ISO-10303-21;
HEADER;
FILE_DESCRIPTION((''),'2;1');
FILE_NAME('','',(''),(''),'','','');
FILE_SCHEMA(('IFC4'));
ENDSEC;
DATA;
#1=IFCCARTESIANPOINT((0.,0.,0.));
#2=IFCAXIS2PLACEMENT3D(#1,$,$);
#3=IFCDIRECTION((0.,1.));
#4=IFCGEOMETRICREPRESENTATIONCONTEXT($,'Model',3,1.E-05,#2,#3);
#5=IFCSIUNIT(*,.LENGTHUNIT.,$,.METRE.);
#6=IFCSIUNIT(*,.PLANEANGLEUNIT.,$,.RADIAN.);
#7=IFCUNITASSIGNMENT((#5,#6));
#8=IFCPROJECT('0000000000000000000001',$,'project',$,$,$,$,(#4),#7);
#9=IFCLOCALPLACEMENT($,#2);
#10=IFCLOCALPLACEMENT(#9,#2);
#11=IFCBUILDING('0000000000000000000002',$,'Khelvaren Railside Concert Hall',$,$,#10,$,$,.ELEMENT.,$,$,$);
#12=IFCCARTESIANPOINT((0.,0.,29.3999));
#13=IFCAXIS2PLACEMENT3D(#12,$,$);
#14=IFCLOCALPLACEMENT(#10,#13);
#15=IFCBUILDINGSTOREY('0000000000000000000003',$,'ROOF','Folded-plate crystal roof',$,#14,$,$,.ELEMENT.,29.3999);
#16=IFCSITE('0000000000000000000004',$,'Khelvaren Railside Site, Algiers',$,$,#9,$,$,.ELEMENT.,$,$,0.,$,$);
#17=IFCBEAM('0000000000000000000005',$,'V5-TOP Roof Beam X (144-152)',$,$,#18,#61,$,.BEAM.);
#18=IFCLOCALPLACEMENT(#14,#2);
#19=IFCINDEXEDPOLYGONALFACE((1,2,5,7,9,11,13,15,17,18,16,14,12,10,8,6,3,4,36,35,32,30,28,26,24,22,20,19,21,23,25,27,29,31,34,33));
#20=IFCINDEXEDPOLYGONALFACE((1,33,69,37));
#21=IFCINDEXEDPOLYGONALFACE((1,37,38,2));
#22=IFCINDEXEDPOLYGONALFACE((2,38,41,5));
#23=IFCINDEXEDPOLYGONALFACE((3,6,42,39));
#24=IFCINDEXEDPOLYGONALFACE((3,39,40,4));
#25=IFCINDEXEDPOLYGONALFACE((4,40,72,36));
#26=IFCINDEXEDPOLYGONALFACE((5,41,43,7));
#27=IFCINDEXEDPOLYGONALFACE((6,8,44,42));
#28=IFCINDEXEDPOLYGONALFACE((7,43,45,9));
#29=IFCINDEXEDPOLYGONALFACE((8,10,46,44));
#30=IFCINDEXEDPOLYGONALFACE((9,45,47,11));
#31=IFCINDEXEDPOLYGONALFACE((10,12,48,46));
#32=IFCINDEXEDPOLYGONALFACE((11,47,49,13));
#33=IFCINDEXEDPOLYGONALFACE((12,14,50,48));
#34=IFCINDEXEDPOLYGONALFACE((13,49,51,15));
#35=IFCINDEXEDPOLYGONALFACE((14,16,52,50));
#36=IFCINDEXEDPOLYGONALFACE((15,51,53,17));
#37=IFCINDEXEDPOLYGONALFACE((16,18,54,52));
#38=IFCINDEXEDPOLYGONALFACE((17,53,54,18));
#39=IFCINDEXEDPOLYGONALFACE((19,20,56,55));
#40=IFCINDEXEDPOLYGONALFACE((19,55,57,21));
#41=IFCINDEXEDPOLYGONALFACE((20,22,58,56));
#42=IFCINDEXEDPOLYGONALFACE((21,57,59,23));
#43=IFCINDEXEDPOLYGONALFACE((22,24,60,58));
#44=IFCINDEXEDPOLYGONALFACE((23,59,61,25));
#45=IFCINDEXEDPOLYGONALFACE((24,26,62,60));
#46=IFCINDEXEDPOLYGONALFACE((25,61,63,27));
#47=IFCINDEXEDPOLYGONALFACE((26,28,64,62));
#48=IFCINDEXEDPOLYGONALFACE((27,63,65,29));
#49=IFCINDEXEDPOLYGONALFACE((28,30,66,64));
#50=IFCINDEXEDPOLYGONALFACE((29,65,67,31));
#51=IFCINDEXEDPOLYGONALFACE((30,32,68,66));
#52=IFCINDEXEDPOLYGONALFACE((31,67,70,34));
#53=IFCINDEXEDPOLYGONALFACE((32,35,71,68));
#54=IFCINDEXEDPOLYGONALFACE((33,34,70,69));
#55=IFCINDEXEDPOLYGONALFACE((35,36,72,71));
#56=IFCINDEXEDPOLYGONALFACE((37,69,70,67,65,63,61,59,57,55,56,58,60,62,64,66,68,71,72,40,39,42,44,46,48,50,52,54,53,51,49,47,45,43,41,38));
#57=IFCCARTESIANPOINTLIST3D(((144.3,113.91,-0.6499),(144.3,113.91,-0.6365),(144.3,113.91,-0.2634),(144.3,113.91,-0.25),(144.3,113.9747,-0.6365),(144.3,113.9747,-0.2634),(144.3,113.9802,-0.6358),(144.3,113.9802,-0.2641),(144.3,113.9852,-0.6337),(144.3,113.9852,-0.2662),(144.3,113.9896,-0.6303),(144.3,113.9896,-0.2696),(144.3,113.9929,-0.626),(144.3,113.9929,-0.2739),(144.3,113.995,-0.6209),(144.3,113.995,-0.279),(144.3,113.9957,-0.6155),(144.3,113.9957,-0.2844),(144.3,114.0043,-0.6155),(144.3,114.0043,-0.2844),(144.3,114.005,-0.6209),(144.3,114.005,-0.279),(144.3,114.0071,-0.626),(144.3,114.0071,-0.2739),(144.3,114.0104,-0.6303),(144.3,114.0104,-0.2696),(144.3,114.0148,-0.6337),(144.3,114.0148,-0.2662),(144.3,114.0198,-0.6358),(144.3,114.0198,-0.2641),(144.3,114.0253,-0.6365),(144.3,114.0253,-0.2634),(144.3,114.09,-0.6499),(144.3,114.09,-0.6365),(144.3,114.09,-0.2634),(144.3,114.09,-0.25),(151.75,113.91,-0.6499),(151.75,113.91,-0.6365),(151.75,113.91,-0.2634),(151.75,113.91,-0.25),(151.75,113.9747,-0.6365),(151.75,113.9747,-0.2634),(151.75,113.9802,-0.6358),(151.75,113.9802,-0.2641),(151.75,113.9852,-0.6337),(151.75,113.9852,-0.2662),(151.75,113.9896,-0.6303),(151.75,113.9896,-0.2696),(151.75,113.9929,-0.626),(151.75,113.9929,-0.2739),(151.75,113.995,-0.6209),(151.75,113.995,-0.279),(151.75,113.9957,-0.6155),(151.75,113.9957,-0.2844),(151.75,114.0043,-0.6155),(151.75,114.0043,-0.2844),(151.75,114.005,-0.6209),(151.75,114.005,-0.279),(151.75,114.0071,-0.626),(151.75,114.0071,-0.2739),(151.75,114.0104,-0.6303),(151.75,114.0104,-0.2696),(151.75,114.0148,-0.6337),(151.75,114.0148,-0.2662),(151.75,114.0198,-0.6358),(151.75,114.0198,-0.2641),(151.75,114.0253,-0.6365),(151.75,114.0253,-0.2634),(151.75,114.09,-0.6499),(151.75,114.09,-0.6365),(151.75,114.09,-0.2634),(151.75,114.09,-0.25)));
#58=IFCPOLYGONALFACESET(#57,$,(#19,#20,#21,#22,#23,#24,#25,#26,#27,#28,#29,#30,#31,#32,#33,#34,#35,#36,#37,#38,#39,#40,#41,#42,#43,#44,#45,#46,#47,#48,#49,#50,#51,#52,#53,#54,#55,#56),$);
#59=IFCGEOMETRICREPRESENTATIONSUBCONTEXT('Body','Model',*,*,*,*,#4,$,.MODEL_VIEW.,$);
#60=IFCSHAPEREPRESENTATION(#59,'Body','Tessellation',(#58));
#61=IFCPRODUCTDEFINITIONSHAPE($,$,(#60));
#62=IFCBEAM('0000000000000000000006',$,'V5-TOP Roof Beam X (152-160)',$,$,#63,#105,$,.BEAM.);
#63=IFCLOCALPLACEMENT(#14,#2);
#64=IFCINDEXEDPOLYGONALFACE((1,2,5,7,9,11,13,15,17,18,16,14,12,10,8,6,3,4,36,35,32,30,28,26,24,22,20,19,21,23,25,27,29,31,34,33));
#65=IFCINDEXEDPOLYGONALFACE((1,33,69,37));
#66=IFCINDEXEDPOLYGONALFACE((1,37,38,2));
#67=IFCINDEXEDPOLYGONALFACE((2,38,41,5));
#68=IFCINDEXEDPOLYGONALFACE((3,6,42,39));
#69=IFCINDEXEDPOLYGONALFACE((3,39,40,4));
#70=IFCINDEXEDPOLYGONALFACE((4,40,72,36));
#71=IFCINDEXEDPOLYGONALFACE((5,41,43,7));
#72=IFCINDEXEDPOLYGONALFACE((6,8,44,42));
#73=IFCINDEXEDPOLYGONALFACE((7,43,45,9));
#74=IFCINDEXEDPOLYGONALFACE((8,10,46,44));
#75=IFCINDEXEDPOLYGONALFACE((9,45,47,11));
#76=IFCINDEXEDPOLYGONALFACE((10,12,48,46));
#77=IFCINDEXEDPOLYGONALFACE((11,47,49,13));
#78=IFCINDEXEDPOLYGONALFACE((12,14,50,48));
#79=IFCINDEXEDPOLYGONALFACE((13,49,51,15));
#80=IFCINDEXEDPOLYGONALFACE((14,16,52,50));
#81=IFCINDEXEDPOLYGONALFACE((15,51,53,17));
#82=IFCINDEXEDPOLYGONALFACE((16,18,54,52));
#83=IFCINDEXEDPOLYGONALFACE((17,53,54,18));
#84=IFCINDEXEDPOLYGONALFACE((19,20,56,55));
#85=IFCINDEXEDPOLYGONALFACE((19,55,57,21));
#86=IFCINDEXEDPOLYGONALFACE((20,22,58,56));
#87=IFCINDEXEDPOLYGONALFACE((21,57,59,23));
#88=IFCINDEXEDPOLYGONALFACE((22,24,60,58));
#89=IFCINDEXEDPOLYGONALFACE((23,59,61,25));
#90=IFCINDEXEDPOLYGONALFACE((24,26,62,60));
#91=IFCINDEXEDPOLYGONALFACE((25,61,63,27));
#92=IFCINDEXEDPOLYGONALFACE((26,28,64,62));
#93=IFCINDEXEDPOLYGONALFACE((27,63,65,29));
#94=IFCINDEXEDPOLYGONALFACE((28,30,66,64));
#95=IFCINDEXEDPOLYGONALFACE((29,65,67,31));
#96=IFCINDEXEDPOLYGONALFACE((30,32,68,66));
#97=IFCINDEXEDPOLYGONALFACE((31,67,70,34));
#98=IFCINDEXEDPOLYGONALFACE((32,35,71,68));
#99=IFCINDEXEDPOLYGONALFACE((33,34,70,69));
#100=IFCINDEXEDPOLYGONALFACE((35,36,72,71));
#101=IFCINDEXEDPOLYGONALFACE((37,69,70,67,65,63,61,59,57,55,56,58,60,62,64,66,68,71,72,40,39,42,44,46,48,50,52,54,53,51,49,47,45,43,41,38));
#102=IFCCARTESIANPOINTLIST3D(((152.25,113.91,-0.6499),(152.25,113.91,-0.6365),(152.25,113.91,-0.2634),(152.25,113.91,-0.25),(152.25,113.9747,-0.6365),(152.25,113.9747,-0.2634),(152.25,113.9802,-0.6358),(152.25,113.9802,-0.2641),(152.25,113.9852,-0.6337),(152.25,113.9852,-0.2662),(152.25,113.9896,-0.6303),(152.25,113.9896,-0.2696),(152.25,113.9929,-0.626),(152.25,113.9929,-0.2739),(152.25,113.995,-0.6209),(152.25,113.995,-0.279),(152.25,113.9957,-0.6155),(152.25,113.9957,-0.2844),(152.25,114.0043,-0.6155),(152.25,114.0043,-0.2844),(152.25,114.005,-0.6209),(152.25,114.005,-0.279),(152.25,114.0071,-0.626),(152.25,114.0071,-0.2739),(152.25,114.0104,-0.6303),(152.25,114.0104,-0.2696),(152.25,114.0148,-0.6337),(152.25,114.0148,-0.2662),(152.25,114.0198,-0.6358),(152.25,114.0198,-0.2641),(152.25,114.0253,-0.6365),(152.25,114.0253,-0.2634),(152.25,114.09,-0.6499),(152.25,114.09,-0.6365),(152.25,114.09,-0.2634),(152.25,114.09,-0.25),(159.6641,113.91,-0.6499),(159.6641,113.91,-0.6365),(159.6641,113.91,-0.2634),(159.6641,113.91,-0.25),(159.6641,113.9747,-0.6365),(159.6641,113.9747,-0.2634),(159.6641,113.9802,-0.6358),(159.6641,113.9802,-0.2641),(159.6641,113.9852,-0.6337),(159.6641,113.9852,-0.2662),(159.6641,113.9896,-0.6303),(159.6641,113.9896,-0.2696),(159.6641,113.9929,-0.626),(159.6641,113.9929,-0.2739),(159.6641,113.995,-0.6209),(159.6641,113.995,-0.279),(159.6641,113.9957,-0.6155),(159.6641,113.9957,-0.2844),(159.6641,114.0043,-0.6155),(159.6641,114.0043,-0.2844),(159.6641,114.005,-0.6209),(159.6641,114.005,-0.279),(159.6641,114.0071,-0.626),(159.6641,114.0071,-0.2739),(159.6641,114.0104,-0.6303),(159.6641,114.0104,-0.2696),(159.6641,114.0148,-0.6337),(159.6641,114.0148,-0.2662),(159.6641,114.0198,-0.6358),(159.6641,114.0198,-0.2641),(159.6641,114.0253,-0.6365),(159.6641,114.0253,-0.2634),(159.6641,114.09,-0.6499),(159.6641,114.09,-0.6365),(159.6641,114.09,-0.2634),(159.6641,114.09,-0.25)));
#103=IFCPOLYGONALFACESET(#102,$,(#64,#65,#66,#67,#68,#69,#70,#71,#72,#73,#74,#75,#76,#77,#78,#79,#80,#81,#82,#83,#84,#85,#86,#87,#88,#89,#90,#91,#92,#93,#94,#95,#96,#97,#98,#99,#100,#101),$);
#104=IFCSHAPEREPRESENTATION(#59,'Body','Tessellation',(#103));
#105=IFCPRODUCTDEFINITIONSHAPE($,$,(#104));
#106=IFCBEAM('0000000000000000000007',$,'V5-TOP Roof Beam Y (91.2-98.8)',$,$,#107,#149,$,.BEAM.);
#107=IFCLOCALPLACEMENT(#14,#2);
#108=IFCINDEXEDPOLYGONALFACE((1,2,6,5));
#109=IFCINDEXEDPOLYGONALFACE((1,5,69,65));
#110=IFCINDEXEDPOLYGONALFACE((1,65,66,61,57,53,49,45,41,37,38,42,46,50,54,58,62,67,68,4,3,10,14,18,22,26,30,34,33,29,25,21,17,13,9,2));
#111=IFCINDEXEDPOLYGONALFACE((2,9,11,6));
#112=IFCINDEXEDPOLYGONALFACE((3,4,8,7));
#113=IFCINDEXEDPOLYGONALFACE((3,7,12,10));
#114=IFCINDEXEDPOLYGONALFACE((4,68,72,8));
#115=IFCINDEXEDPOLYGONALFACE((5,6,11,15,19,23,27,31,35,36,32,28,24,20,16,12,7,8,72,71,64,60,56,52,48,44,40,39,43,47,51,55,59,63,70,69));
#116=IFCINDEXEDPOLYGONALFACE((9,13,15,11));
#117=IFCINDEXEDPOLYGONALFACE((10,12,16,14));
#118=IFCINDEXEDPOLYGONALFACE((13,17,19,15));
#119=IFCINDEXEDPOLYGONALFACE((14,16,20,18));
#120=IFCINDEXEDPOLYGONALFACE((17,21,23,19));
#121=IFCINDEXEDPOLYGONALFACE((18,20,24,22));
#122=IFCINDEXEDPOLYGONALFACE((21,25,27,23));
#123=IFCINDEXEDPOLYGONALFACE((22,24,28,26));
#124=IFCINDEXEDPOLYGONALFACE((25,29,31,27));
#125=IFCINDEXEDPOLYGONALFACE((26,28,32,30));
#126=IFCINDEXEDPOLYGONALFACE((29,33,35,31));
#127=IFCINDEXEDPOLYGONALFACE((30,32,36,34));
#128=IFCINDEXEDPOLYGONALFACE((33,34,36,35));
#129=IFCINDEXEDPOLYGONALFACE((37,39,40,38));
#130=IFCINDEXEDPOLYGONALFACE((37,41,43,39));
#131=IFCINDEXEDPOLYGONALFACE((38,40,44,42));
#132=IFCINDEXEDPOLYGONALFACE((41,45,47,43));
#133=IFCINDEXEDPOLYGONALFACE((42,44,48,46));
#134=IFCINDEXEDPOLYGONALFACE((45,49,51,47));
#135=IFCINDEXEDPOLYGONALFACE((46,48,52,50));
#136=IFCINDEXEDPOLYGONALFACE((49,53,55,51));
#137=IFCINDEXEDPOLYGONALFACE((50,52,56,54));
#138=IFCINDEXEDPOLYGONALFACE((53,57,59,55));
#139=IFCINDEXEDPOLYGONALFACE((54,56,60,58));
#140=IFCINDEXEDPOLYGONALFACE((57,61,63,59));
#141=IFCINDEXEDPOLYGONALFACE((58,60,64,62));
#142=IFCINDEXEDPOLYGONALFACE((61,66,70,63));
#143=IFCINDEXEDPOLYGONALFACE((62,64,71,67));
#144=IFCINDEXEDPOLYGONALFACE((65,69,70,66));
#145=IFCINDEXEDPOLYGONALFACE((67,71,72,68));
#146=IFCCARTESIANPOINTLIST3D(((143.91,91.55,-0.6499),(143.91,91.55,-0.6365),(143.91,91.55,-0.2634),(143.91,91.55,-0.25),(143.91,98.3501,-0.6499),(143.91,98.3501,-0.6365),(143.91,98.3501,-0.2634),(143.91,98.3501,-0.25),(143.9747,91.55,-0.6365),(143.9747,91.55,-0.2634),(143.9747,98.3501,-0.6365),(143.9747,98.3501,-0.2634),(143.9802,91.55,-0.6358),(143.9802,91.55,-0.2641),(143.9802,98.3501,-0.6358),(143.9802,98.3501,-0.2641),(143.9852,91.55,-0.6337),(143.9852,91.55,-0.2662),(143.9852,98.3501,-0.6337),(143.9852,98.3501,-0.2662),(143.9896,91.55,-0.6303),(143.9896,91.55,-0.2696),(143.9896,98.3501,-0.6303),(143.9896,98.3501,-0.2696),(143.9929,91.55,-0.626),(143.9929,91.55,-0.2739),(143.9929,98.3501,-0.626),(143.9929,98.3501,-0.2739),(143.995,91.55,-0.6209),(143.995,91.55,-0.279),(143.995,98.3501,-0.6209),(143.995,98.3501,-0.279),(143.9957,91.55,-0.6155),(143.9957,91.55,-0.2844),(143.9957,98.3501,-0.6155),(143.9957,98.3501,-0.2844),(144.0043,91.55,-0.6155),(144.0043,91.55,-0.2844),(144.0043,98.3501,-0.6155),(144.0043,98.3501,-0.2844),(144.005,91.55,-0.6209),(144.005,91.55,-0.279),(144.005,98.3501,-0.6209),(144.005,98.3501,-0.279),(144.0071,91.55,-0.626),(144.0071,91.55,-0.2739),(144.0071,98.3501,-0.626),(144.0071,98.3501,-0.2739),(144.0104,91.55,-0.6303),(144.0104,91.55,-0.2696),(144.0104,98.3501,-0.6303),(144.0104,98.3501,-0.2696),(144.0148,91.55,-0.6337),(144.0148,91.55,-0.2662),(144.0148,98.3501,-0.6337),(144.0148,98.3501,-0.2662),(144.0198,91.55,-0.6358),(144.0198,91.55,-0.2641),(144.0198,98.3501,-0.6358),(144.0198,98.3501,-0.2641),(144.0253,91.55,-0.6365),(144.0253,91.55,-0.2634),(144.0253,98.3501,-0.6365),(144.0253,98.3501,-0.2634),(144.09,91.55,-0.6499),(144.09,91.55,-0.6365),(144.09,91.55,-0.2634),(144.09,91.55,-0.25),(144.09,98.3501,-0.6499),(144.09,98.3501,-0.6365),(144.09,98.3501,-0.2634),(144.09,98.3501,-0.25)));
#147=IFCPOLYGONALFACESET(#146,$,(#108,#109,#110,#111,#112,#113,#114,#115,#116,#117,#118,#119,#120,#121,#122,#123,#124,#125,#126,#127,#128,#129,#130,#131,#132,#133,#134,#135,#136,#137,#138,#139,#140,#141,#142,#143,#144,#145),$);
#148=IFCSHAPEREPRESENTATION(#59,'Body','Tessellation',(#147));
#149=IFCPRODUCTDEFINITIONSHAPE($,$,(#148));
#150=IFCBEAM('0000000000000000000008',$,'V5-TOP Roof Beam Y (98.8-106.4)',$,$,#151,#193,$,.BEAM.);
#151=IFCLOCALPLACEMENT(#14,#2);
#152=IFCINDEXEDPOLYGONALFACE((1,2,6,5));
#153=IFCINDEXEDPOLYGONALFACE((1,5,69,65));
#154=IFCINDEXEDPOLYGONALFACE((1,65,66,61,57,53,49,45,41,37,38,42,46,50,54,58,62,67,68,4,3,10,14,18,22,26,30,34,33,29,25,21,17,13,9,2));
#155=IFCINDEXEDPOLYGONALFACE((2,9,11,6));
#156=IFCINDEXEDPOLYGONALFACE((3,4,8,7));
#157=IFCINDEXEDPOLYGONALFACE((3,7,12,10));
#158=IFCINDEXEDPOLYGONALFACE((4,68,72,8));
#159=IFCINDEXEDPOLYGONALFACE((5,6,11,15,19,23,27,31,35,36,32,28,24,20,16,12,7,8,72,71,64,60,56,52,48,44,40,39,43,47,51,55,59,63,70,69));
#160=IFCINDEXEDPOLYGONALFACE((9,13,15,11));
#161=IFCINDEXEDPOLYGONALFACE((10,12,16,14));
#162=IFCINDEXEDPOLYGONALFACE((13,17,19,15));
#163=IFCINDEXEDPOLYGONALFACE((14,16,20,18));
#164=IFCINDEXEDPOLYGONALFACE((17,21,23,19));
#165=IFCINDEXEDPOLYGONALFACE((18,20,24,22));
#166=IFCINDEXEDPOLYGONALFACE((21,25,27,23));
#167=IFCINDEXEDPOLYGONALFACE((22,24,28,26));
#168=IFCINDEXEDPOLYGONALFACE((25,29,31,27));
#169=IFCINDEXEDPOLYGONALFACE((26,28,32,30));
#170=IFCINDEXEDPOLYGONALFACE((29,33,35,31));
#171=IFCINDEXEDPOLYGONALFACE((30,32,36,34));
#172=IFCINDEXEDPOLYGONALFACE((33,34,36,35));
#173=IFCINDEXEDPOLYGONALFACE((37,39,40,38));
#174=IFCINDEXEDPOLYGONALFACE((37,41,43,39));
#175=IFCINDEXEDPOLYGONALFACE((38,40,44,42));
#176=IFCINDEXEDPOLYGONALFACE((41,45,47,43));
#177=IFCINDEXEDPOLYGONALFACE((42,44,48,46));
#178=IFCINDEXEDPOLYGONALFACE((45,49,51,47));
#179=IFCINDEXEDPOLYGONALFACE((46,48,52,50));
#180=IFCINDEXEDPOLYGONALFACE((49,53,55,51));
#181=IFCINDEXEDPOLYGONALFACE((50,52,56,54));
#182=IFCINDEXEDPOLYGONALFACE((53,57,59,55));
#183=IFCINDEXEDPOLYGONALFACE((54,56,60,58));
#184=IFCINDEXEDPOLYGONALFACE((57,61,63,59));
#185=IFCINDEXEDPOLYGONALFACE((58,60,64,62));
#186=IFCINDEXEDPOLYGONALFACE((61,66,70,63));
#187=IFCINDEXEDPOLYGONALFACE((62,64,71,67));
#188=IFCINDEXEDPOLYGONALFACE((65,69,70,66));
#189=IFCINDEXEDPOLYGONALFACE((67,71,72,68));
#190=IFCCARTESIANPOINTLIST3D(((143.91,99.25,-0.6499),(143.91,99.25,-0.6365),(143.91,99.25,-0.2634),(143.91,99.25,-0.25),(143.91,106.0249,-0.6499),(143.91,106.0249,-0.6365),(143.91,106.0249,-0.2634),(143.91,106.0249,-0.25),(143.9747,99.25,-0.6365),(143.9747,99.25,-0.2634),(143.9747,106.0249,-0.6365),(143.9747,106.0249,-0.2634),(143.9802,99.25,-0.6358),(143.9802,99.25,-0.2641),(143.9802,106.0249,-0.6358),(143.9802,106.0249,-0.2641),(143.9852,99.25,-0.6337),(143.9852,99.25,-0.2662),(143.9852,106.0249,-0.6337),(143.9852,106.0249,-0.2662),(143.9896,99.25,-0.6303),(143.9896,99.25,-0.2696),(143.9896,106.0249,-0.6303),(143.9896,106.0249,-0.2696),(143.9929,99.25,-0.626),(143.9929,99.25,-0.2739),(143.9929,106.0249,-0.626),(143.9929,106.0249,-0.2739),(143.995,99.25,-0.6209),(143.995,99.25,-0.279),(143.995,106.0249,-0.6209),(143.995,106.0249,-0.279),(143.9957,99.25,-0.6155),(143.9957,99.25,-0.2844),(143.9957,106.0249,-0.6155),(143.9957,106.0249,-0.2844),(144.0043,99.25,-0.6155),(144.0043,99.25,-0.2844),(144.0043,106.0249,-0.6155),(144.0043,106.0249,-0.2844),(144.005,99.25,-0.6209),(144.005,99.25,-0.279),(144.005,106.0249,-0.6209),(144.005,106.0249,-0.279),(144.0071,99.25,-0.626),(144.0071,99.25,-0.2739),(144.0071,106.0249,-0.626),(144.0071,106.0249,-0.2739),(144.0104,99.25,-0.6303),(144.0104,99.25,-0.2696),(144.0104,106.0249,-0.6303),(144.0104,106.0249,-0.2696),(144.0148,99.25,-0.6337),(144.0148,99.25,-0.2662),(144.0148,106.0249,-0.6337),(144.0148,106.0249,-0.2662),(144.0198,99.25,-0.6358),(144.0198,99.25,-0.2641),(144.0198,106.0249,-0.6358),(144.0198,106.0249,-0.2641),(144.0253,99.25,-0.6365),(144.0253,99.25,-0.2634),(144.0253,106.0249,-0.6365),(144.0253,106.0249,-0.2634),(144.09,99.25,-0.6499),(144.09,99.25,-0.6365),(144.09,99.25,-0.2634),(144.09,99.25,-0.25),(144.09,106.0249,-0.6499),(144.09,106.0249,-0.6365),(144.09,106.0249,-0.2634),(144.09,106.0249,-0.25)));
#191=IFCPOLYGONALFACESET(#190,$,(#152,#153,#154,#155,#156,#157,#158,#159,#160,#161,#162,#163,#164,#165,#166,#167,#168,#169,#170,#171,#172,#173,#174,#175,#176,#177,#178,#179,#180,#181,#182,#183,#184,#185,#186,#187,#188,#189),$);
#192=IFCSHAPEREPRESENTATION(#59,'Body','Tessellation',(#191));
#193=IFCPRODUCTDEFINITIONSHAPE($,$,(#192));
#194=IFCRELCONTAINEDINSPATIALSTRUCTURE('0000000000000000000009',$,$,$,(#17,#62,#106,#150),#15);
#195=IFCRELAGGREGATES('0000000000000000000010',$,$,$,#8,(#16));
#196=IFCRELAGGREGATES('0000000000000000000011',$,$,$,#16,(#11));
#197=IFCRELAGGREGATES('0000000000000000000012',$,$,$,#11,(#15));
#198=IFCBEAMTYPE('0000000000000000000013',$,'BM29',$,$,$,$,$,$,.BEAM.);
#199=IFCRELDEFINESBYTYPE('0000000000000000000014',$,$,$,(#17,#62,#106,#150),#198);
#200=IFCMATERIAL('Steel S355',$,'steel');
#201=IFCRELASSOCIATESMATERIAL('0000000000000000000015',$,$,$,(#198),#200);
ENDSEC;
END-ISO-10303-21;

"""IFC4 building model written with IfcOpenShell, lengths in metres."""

from ifc_helpers import new_model, si_unit, direction, frame, origin, origin_2d, place, context, subcontext, project, spatial, i_section, extrude, material, material_profile, profile_set, type_object, element, save


model = new_model("IFC4")

# Units and contexts
model_context = context("Model", 3, precision=1e-05, world=origin(), true_north=direction((0.0, 1.0)))
body_context = subcontext(model_context, "Body", "Model", "MODEL_VIEW")
ifc_project = project(units=[si_unit("LENGTHUNIT", "METRE"), si_unit("PLANEANGLEUNIT", "RADIAN")], contexts=[model_context])

# Site, building, storey
site_placement = place(None, origin())
site = spatial("IfcSite", under=ifc_project, at=site_placement, Name="Khelvaren Railside Site, Algiers", CompositionType="ELEMENT", RefElevation=0.0)
building_placement = place(site_placement, origin())
building = spatial("IfcBuilding", under=site, at=building_placement, Name="Khelvaren Railside Concert Hall", CompositionType="ELEMENT")
storey_placement = place(building_placement, frame((0.0, 0.0, 29.3999)))
storey = spatial("IfcBuildingStorey", under=building, at=storey_placement, Name="ROOF", Description="Folded-plate crystal roof", CompositionType="ELEMENT", Elevation=29.3999)

# Beams
ifc_material_1 = material(Name="Steel S355", Category="steel")
ifc_material_profile_1 = material_profile(ifc_material_1, i_section(OverallWidth=0.1799, OverallDepth=0.3999, WebThickness=0.0085, FlangeThickness=0.0134, FilletRadius=0.021, at=origin_2d()), Name="IPE 400")
ifc_profile_set_1 = profile_set([ifc_material_profile_1], Name="Steel S355")
beam_type = type_object("IfcBeamType", Name="BM29", PredefinedType="BEAM", material=ifc_profile_set_1)
for number, where, z_axis, x_axis, name in (
    (1, (144.3, 114.0, -0.45), (1.0, 0.0, 0.0), (0.0, 1.0, 0.0), "V5-TOP Roof Beam X (144-152)"),
):
    element("IfcBeam", number, at=place(storey_placement, frame(where, z_axis=z_axis, x_axis=x_axis)), inside=storey, type_object=beam_type, Name=name, PredefinedType="BEAM", context=body_context, shape_type="SweptSolid", body=[
        extrude(i_section(OverallWidth=0.1799, OverallDepth=0.3999, WebThickness=0.0085, FlangeThickness=0.0134, FilletRadius=0.021, at=origin_2d()), origin(), (0.0, 0.0, 1.0), 7.45),
    ])
beam_1_placement = place(storey_placement, frame((152.25, 114.0, -0.45), z_axis=(1.0, 0.0, 0.0), x_axis=(0.0, 1.0, 0.0)))
element("IfcBeam", 2, at=beam_1_placement, inside=storey, type_object=beam_type, Name="V5-TOP Roof Beam X (152-160)", PredefinedType="BEAM", context=body_context, shape_type="SweptSolid", body=[
    extrude(i_section(OverallWidth=0.1799, OverallDepth=0.3999, WebThickness=0.0085, FlangeThickness=0.0134, FilletRadius=0.021, at=origin_2d()), origin(), (0.0, 0.0, 1.0), 7.4141),
])
beam_2_placement = place(storey_placement, frame((144.0, 91.55, -0.45), z_axis=(0.0, 1.0, 0.0), x_axis=(-1.0, 0.0, 0.0)))
element("IfcBeam", 3, at=beam_2_placement, inside=storey, type_object=beam_type, Name="V5-TOP Roof Beam Y (91.2-98.8)", PredefinedType="BEAM", context=body_context, shape_type="SweptSolid", body=[
    extrude(i_section(OverallWidth=0.1799, OverallDepth=0.3999, WebThickness=0.0085, FlangeThickness=0.0134, FilletRadius=0.021, at=origin_2d()), origin(), (0.0, 0.0, 1.0), 6.8),
])
beam_3_placement = place(storey_placement, frame((144.0, 99.25, -0.45), z_axis=(0.0, 1.0, 0.0), x_axis=(-1.0, 0.0, 0.0)))
element("IfcBeam", 4, at=beam_3_placement, inside=storey, type_object=beam_type, Name="V5-TOP Roof Beam Y (98.8-106.4)", PredefinedType="BEAM", context=body_context, shape_type="SweptSolid", body=[
    extrude(i_section(OverallWidth=0.1799, OverallDepth=0.3999, WebThickness=0.0085, FlangeThickness=0.0134, FilletRadius=0.021, at=origin_2d()), origin(), (0.0, 0.0, 1.0), 6.7749),
])

save(model, "model.ifc")
